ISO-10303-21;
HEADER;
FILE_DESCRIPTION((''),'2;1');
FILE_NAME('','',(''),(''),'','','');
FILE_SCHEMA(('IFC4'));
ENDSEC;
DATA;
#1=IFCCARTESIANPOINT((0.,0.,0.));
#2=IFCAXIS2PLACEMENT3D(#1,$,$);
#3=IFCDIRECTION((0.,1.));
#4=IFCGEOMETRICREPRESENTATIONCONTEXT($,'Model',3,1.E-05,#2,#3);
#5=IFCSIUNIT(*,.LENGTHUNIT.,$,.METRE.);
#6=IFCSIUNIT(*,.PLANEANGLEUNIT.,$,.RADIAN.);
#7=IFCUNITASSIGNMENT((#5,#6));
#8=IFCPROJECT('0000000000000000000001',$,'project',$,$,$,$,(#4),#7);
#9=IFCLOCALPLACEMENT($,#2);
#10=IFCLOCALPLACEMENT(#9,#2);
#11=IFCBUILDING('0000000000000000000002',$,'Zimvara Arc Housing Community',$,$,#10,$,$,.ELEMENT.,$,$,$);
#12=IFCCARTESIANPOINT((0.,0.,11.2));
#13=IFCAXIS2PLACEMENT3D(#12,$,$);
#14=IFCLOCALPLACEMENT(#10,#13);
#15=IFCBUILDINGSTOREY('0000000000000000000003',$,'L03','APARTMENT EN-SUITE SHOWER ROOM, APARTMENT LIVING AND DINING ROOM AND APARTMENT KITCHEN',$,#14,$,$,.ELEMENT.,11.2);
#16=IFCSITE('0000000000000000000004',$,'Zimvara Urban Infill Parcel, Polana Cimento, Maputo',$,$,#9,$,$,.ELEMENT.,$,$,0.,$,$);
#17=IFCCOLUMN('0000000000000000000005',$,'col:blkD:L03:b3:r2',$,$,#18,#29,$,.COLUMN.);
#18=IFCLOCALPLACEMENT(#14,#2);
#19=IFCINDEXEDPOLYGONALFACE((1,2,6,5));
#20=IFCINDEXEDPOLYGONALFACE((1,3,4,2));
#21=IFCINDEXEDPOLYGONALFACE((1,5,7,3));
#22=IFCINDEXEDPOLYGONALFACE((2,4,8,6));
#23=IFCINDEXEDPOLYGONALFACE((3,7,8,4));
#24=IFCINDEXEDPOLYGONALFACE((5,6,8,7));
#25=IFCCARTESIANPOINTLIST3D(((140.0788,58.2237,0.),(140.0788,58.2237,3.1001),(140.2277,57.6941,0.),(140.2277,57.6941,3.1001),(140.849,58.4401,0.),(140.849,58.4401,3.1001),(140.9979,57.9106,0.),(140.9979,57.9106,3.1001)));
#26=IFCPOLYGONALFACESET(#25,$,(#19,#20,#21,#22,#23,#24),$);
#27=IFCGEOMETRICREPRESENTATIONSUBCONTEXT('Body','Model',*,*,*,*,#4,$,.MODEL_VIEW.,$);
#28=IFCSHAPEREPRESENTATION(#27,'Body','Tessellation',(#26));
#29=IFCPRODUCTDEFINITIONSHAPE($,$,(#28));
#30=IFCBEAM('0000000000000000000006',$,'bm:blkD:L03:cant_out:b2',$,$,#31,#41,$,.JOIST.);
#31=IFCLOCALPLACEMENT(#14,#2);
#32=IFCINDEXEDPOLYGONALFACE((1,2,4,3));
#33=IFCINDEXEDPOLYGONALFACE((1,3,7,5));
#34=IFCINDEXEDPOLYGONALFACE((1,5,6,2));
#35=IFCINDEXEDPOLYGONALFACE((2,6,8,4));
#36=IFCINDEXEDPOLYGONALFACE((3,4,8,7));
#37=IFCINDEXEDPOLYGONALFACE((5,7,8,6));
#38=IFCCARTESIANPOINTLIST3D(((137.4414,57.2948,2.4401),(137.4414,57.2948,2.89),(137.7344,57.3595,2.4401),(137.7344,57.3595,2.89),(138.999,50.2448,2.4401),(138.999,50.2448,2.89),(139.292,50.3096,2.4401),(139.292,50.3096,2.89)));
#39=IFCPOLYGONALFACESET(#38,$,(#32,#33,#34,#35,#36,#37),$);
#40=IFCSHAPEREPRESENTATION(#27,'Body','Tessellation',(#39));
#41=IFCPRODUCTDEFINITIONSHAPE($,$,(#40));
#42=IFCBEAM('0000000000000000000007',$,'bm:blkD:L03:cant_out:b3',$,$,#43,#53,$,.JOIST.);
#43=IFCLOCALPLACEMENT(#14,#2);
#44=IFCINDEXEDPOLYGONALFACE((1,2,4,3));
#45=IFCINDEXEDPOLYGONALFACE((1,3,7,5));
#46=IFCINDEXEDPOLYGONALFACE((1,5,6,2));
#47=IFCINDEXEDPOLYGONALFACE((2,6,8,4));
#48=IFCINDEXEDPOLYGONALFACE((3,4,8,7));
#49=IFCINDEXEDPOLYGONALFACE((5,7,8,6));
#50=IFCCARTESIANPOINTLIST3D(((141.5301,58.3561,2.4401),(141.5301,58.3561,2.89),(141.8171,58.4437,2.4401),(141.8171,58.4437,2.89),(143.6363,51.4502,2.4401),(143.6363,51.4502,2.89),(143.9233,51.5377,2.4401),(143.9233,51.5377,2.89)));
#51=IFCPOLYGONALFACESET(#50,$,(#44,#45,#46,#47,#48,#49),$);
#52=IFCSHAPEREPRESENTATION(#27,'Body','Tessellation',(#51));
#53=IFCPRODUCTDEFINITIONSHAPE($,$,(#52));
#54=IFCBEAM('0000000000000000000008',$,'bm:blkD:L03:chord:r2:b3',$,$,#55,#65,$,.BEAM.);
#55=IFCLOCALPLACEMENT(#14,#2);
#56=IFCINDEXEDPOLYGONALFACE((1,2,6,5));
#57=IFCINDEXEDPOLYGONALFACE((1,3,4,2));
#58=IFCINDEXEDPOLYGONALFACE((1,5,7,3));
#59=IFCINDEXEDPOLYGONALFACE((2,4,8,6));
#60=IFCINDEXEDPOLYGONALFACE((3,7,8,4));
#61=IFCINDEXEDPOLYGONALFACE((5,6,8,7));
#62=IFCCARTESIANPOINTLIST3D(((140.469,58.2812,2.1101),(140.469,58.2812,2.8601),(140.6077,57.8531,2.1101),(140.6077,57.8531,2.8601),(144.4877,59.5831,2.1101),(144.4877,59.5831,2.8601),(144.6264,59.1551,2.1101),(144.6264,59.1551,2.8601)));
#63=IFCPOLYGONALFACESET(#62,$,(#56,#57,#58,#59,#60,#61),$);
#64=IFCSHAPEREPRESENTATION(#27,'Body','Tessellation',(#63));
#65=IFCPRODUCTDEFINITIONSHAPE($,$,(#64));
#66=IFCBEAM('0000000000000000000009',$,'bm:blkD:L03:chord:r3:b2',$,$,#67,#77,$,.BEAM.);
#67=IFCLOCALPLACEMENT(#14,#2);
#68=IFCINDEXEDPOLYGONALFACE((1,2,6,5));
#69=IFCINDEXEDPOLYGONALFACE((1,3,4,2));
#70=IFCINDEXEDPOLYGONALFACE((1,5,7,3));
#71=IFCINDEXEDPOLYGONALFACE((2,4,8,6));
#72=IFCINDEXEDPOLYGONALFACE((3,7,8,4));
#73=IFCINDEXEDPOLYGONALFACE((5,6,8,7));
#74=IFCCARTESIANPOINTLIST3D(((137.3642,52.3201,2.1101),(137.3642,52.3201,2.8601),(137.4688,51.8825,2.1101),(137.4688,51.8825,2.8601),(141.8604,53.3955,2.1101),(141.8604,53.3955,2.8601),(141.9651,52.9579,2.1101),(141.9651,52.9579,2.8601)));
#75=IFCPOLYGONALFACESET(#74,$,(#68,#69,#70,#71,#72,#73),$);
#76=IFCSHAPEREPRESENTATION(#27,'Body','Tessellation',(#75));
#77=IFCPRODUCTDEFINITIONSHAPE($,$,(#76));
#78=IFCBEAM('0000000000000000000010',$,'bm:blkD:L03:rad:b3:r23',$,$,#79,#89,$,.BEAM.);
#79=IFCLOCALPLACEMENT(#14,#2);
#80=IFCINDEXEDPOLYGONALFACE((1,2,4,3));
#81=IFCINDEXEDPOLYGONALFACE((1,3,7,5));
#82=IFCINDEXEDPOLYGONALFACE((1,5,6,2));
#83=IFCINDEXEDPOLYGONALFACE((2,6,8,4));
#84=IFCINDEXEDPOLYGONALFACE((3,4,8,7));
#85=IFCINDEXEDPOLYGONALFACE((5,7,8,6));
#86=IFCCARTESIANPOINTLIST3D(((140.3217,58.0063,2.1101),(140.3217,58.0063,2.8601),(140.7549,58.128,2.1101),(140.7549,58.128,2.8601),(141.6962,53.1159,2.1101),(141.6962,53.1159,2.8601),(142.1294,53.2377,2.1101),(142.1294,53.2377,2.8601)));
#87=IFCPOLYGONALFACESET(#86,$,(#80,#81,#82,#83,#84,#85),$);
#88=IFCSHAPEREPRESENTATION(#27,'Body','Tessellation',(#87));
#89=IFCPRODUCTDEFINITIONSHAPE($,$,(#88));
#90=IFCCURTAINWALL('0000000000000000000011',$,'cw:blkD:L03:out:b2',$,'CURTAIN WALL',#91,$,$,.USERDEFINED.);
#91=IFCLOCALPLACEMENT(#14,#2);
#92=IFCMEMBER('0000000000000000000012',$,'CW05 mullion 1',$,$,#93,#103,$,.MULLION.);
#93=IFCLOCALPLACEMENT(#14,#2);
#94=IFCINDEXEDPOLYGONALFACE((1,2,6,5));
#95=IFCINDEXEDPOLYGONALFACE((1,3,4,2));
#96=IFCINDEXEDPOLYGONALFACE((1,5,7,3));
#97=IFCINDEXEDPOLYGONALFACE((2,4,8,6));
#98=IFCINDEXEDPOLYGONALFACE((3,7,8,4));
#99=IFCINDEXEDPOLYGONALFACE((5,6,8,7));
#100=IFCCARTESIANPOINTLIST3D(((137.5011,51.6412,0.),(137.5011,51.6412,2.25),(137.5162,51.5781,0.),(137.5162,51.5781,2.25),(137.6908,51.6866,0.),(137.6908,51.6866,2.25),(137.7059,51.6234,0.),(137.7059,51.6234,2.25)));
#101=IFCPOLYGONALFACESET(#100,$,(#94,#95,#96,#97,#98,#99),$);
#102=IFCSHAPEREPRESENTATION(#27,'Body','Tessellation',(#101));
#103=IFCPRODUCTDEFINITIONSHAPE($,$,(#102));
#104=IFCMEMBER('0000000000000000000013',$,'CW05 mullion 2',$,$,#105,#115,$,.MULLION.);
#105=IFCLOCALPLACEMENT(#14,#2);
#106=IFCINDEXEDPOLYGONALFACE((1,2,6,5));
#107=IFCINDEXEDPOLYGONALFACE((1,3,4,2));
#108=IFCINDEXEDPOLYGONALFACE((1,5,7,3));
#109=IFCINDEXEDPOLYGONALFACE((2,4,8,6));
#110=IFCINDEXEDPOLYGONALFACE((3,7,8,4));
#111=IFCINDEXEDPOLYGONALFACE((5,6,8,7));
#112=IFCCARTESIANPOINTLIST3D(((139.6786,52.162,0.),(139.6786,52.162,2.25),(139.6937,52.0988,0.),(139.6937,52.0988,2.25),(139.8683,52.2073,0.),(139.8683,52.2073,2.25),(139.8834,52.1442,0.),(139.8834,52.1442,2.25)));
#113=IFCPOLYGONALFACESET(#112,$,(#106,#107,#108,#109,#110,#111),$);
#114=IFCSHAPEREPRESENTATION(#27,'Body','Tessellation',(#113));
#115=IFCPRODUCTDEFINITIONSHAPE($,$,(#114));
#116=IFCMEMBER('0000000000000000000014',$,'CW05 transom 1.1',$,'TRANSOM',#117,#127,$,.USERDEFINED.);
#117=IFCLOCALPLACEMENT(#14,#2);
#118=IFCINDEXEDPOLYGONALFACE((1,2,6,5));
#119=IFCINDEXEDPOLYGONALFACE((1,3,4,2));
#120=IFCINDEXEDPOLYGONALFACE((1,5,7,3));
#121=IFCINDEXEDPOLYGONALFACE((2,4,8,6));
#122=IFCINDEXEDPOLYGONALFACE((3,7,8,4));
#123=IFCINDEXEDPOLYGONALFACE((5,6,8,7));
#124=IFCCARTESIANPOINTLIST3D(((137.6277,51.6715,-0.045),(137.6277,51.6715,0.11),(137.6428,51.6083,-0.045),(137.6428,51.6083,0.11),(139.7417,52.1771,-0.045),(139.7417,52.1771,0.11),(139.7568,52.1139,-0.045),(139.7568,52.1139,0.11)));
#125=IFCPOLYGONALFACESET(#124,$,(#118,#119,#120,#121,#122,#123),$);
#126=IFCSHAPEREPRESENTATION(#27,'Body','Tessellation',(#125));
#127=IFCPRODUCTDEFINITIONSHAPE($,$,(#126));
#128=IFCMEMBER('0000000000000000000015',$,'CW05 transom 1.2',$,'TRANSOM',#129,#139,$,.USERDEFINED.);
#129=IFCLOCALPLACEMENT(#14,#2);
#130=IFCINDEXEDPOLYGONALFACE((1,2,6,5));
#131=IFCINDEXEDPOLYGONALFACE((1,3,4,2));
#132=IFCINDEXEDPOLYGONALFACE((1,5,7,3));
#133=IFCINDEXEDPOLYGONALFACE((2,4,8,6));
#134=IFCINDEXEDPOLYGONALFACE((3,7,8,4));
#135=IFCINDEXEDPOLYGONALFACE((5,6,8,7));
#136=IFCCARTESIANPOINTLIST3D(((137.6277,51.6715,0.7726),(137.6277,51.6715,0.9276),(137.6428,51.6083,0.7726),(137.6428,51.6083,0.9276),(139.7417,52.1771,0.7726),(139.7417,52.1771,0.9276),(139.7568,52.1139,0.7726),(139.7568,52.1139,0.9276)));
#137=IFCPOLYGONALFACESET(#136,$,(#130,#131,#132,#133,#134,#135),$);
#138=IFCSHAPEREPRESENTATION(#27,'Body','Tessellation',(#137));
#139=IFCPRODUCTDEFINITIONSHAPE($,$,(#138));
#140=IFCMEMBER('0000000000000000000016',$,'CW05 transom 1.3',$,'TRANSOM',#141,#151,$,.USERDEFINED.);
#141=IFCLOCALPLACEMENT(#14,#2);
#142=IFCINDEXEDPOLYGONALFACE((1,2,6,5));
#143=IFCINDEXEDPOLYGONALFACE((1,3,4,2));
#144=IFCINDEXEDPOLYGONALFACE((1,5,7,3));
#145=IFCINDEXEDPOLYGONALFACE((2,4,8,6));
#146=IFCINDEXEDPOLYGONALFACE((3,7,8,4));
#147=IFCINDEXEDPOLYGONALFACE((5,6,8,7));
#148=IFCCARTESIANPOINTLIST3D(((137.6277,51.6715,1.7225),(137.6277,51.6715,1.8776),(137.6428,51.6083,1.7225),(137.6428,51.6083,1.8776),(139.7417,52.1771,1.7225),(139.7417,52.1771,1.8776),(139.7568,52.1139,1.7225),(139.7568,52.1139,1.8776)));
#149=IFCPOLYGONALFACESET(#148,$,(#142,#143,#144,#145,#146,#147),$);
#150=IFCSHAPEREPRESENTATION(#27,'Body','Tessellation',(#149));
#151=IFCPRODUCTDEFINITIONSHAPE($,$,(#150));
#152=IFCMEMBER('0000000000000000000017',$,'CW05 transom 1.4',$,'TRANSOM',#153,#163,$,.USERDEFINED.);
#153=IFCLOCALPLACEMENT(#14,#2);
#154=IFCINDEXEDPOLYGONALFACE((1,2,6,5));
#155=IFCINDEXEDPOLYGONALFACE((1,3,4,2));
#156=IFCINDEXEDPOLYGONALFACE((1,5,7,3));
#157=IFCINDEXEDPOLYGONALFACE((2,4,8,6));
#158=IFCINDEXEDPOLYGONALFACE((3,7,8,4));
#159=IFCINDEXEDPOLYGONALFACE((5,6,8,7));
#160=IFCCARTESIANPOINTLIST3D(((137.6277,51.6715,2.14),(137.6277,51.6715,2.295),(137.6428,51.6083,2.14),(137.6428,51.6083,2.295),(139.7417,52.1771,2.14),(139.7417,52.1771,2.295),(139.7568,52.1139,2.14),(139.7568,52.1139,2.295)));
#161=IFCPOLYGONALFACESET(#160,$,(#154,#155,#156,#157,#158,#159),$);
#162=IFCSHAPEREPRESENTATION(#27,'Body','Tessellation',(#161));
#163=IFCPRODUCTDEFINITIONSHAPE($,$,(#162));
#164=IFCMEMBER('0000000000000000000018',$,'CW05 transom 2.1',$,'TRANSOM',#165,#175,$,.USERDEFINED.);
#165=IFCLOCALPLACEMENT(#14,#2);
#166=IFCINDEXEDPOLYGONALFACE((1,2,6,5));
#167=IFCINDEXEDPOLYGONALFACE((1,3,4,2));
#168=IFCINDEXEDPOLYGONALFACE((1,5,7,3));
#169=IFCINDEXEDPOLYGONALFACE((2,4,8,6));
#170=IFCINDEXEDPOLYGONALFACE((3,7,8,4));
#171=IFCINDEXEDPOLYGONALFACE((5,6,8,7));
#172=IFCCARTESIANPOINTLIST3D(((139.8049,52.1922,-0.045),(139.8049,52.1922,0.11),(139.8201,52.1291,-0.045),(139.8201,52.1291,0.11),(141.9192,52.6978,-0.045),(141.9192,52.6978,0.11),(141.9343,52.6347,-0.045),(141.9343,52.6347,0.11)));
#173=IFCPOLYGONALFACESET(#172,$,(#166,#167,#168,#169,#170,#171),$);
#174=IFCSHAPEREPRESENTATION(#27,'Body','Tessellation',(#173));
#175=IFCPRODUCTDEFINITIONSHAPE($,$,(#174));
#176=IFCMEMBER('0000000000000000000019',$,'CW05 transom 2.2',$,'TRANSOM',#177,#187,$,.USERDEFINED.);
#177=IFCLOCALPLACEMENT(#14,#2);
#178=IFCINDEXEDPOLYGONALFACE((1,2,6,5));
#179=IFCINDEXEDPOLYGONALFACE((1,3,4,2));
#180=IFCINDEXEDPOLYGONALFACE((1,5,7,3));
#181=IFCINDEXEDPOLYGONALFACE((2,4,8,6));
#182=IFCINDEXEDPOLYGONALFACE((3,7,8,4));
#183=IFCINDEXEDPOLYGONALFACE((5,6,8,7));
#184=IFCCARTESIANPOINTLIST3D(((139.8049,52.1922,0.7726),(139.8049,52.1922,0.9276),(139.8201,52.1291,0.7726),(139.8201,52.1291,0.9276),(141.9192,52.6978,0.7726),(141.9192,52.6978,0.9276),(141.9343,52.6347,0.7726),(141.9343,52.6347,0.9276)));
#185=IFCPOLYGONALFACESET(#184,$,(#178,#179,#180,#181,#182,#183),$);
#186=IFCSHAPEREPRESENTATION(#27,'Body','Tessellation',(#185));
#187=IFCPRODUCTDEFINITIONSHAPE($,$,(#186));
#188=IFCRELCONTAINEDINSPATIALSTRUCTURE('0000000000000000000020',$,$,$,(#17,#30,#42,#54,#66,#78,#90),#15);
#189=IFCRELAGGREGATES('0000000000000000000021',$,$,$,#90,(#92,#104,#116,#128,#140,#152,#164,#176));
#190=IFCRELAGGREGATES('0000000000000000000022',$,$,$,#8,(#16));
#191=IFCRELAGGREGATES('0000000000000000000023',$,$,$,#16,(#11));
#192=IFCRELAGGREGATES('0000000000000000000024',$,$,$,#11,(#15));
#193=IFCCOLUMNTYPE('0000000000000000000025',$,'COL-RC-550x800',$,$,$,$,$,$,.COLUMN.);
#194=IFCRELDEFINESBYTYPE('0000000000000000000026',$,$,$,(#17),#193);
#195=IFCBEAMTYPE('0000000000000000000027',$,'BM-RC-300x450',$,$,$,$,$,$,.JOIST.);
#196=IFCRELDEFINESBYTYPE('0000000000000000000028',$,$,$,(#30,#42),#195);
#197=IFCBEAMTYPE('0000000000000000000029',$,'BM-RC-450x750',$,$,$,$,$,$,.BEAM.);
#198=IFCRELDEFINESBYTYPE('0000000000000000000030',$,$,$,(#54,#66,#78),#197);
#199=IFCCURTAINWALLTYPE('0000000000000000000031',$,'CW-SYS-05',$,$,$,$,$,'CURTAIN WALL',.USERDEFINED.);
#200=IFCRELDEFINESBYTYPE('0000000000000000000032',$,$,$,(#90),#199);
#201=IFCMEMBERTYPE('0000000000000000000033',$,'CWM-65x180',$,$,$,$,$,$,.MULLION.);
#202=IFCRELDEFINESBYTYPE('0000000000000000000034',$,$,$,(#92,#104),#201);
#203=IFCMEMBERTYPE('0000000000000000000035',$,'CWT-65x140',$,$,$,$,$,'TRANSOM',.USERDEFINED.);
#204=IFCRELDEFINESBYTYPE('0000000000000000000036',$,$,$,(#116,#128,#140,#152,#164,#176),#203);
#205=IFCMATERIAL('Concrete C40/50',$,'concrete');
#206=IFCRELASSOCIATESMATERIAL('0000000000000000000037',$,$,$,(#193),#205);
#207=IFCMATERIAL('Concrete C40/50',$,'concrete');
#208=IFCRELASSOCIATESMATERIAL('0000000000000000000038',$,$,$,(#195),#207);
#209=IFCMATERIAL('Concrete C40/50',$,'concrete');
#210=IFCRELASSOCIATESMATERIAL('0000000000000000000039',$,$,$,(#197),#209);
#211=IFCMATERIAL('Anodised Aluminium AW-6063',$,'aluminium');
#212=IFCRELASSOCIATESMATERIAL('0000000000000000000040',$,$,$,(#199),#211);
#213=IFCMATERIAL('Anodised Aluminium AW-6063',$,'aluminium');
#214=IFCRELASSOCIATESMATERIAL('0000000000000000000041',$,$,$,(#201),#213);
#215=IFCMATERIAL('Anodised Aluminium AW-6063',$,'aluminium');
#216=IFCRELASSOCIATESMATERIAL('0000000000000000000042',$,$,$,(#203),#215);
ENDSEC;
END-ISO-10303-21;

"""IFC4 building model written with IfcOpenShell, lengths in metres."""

from ifc_helpers import new_model, si_unit, direction, frame, origin, origin_2d, place, context, subcontext, project, spatial, rectangle, extrude, material, material_profile, profile_set, type_object, element, aggregate, save


model = new_model("IFC4")

# Units and contexts
model_context = context("Model", 3, precision=1e-05, world=origin(), true_north=direction((0.0, 1.0)))
body_context = subcontext(model_context, "Body", "Model", "MODEL_VIEW")
ifc_project = project(units=[si_unit("LENGTHUNIT", "METRE"), si_unit("PLANEANGLEUNIT", "RADIAN")], contexts=[model_context])

# Site, building, storey
site_placement = place(None, origin())
site = spatial("IfcSite", under=ifc_project, at=site_placement, Name="Zimvara Urban Infill Parcel, Polana Cimento, Maputo", CompositionType="ELEMENT", RefElevation=0.0)
building_placement = place(site_placement, origin())
building = spatial("IfcBuilding", under=site, at=building_placement, Name="Zimvara Arc Housing Community", CompositionType="ELEMENT")
storey_placement = place(building_placement, frame((0.0, 0.0, 11.2)))
storey = spatial("IfcBuildingStorey", under=building, at=storey_placement, Name="L03", Description="APARTMENT EN-SUITE SHOWER ROOM, APARTMENT LIVING AND DINING ROOM AND APARTMENT KITCHEN", CompositionType="ELEMENT", Elevation=11.2)

# Column
ifc_material_1 = material(Name="Concrete C40/50", Category="concrete")
ifc_material_profile_1 = material_profile(ifc_material_1, rectangle(XDim=0.55, YDim=0.8, at=origin_2d()), Name="RC 550x800")
ifc_profile_set_1 = profile_set([ifc_material_profile_1], Name="Concrete C40/50")
column_type = type_object("IfcColumnType", Name="COL-RC-550x800", PredefinedType="COLUMN", material=ifc_profile_set_1)
column_placement = place(storey_placement, frame((140.5383, 58.0671, 0.0), z_axis=(0.0, 0.0, 1.0), x_axis=(0.2706, -0.962692, 0.0)))
element("IfcColumn", 1, at=column_placement, inside=storey, type_object=column_type, Name="col:blkD:L03:b3:r2", PredefinedType="COLUMN", context=body_context, shape_type="SweptSolid", body=[
    extrude(rectangle(XDim=0.55, YDim=0.8, at=origin_2d()), origin(), (0.0, 0.0, 1.0), 3.1001),
])

# Beams
ifc_material_2 = material(Name="Concrete C40/50", Category="concrete")
ifc_material_profile_2 = material_profile(ifc_material_2, rectangle(XDim=0.3, YDim=0.45, at=origin_2d()), Name="RC 300x450")
ifc_profile_set_2 = profile_set([ifc_material_profile_2], Name="Concrete C40/50")
beam_type_1 = type_object("IfcBeamType", Name="BM-RC-300x450", PredefinedType="JOIST", material=ifc_profile_set_2)
for number, where, z_axis, x_axis, name in (
    (2, (137.5879, 57.3271, 2.665), (0.215734, -0.976452, 0.0), (0.976452, 0.215734, 0.0), "bm:blkD:L03:cant_out:b2"),
    (3, (141.6736, 58.3999, 2.665), (0.291716, -0.956505, 0.0), (0.956505, 0.291716, 0.0), "bm:blkD:L03:cant_out:b3"),
):
    element("IfcBeam", number, at=place(storey_placement, frame(where, z_axis=z_axis, x_axis=x_axis)), inside=storey, type_object=beam_type_1, Name=name, PredefinedType="JOIST", context=body_context, shape_type="SweptSolid", body=[
        extrude(rectangle(XDim=0.3, YDim=0.45, at=origin_2d()), origin(), (0.0, 0.0, 1.0), 7.22),
    ])
ifc_material_3 = material(Name="Concrete C40/50", Category="concrete")
ifc_material_profile_3 = material_profile(ifc_material_3, rectangle(XDim=0.45, YDim=0.75, at=origin_2d()), Name="RC 450x750")
ifc_profile_set_3 = profile_set([ifc_material_profile_3], Name="Concrete C40/50")
beam_type_2 = type_object("IfcBeamType", Name="BM-RC-450x750", PredefinedType="BEAM", material=ifc_profile_set_3)
beam_1_placement = place(storey_placement, frame((140.5383, 58.0671, 2.4851), z_axis=(0.951319, 0.308206, 0.0), x_axis=(-0.308206, 0.951319, 0.0)))
element("IfcBeam", 4, at=beam_1_placement, inside=storey, type_object=beam_type_2, Name="bm:blkD:L03:chord:r2:b3", PredefinedType="BEAM", context=body_context, shape_type="SweptSolid", body=[
    extrude(rectangle(XDim=0.45, YDim=0.75, at=origin_2d()), origin(), (0.0, 0.0, 1.0), 4.2244),
])
beam_2_placement = place(storey_placement, frame((137.4165, 52.1013, 2.4851), z_axis=(0.972568, 0.23262, 0.0), x_axis=(-0.23262, 0.972568, 0.0)))
element("IfcBeam", 5, at=beam_2_placement, inside=storey, type_object=beam_type_2, Name="bm:blkD:L03:chord:r3:b2", PredefinedType="BEAM", context=body_context, shape_type="SweptSolid", body=[
    extrude(rectangle(XDim=0.45, YDim=0.75, at=origin_2d()), origin(), (0.0, 0.0, 1.0), 4.623),
])
beam_3_placement = place(storey_placement, frame((140.5383, 58.0671, 2.4851), z_axis=(0.27058, -0.962698, 0.0), x_axis=(0.962698, 0.27058, 0.0)))
element("IfcBeam", 6, at=beam_3_placement, inside=storey, type_object=beam_type_2, Name="bm:blkD:L03:rad:b3:r23", PredefinedType="BEAM", context=body_context, shape_type="SweptSolid", body=[
    extrude(rectangle(XDim=0.45, YDim=0.75, at=origin_2d()), origin(), (0.0, 0.0, 1.0), 5.0798),
])

# Curtain wall, members
ifc_material_4 = material(Name="Anodised Aluminium AW-6063", Category="aluminium")
curtain_wall_type = type_object("IfcCurtainWallType", Name="CW-SYS-05", ElementType="CURTAIN WALL", PredefinedType="USERDEFINED", material=ifc_material_4)
curtain_wall_placement = place(storey_placement, origin())
curtain_wall = element("IfcCurtainWall", 7, at=curtain_wall_placement, inside=storey, type_object=curtain_wall_type, Name="cw:blkD:L03:out:b2", ObjectType="CURTAIN WALL", PredefinedType="USERDEFINED")
ifc_material_5 = material(Name="Anodised Aluminium AW-6063", Category="aluminium")
ifc_material_profile_4 = material_profile(ifc_material_5, rectangle(XDim=0.0649, YDim=0.1951, at=origin_2d()), Name="ALU 65x195")
ifc_profile_set_4 = profile_set([ifc_material_profile_4], Name="Anodised Aluminium AW-6063")
member_type_1 = type_object("IfcMemberType", Name="CWM-65x180", PredefinedType="MULLION", material=ifc_profile_set_4)
member_1_placement = place(storey_placement, frame((137.6035, 51.6323, 0.0), z_axis=(0.0, 0.0, 1.0), x_axis=(-0.232597, 0.972573, 0.0)))
member_1 = element("IfcMember", 8, at=member_1_placement, type_object=member_type_1, Name="CW05 mullion 1", PredefinedType="MULLION", context=body_context, shape_type="SweptSolid", body=[
    extrude(rectangle(XDim=0.0649, YDim=0.1951, at=origin_2d()), origin(), (0.0, 0.0, 1.0), 2.25),
])
member_2_placement = place(storey_placement, frame((139.781, 52.1531, 0.0), z_axis=(0.0, 0.0, 1.0), x_axis=(-0.232597, 0.972573, 0.0)))
member_2 = element("IfcMember", 9, at=member_2_placement, type_object=member_type_1, Name="CW05 mullion 2", PredefinedType="MULLION", context=body_context, shape_type="SweptSolid", body=[
    extrude(rectangle(XDim=0.0649, YDim=0.1951, at=origin_2d()), origin(), (0.0, 0.0, 1.0), 2.25),
])
ifc_material_6 = material(Name="Anodised Aluminium AW-6063", Category="aluminium")
ifc_material_profile_5 = material_profile(ifc_material_6, rectangle(XDim=0.0649, YDim=0.155, at=origin_2d()), Name="ALU 65x155")
ifc_profile_set_5 = profile_set([ifc_material_profile_5], Name="Anodised Aluminium AW-6063")
member_type_2 = type_object("IfcMemberType", Name="CWT-65x140", ElementType="TRANSOM", PredefinedType="USERDEFINED", material=ifc_profile_set_5)
member_3_placement = place(storey_placement, frame((137.6353, 51.6399, 0.0325), z_axis=(0.97257, 0.232612, 0.0), x_axis=(-0.232612, 0.97257, 0.0)))
member_3 = element("IfcMember", 10, at=member_3_placement, type_object=member_type_2, Name="CW05 transom 1.1", ObjectType="TRANSOM", PredefinedType="USERDEFINED", context=body_context, shape_type="SweptSolid", body=[
    extrude(rectangle(XDim=0.0649, YDim=0.155, at=origin_2d()), origin(), (0.0, 0.0, 1.0), 2.1736),
])
member_4_placement = place(storey_placement, frame((137.6353, 51.6399, 0.8501), z_axis=(0.97257, 0.232612, 0.0), x_axis=(-0.232612, 0.97257, 0.0)))
member_4 = element("IfcMember", 11, at=member_4_placement, type_object=member_type_2, Name="CW05 transom 1.2", ObjectType="TRANSOM", PredefinedType="USERDEFINED", context=body_context, shape_type="SweptSolid", body=[
    extrude(rectangle(XDim=0.0649, YDim=0.155, at=origin_2d()), origin(), (0.0, 0.0, 1.0), 2.1736),
])
member_5_placement = place(storey_placement, frame((137.6353, 51.6399, 1.8), z_axis=(0.97257, 0.232612, 0.0), x_axis=(-0.232612, 0.97257, 0.0)))
member_5 = element("IfcMember", 12, at=member_5_placement, type_object=member_type_2, Name="CW05 transom 1.3", ObjectType="TRANSOM", PredefinedType="USERDEFINED", context=body_context, shape_type="SweptSolid", body=[
    extrude(rectangle(XDim=0.0649, YDim=0.155, at=origin_2d()), origin(), (0.0, 0.0, 1.0), 2.1736),
])
member_6_placement = place(storey_placement, frame((137.6353, 51.6399, 2.2175), z_axis=(0.97257, 0.232612, 0.0), x_axis=(-0.232612, 0.97257, 0.0)))
member_6 = element("IfcMember", 13, at=member_6_placement, type_object=member_type_2, Name="CW05 transom 1.4", ObjectType="TRANSOM", PredefinedType="USERDEFINED", context=body_context, shape_type="SweptSolid", body=[
    extrude(rectangle(XDim=0.0649, YDim=0.155, at=origin_2d()), origin(), (0.0, 0.0, 1.0), 2.1736),
])
member_7_placement = place(storey_placement, frame((139.8125, 52.1606, 0.0325), z_axis=(0.972576, 0.232587, 0.0), x_axis=(-0.232587, 0.972576, 0.0)))
member_7 = element("IfcMember", 14, at=member_7_placement, type_object=member_type_2, Name="CW05 transom 2.1", ObjectType="TRANSOM", PredefinedType="USERDEFINED", context=body_context, shape_type="SweptSolid", body=[
    extrude(rectangle(XDim=0.0649, YDim=0.155, at=origin_2d()), origin(), (0.0, 0.0, 1.0), 2.1738),
])
member_8_placement = place(storey_placement, frame((139.8125, 52.1606, 0.8501), z_axis=(0.972576, 0.232587, 0.0), x_axis=(-0.232587, 0.972576, 0.0)))
member_8 = element("IfcMember", 15, at=member_8_placement, type_object=member_type_2, Name="CW05 transom 2.2", ObjectType="TRANSOM", PredefinedType="USERDEFINED", context=body_context, shape_type="SweptSolid", body=[
    extrude(rectangle(XDim=0.0649, YDim=0.155, at=origin_2d()), origin(), (0.0, 0.0, 1.0), 2.1738),
])
aggregate(curtain_wall, [member_1, member_2, member_3, member_4, member_5, member_6, member_7, member_8])

save(model, "model.ifc")
